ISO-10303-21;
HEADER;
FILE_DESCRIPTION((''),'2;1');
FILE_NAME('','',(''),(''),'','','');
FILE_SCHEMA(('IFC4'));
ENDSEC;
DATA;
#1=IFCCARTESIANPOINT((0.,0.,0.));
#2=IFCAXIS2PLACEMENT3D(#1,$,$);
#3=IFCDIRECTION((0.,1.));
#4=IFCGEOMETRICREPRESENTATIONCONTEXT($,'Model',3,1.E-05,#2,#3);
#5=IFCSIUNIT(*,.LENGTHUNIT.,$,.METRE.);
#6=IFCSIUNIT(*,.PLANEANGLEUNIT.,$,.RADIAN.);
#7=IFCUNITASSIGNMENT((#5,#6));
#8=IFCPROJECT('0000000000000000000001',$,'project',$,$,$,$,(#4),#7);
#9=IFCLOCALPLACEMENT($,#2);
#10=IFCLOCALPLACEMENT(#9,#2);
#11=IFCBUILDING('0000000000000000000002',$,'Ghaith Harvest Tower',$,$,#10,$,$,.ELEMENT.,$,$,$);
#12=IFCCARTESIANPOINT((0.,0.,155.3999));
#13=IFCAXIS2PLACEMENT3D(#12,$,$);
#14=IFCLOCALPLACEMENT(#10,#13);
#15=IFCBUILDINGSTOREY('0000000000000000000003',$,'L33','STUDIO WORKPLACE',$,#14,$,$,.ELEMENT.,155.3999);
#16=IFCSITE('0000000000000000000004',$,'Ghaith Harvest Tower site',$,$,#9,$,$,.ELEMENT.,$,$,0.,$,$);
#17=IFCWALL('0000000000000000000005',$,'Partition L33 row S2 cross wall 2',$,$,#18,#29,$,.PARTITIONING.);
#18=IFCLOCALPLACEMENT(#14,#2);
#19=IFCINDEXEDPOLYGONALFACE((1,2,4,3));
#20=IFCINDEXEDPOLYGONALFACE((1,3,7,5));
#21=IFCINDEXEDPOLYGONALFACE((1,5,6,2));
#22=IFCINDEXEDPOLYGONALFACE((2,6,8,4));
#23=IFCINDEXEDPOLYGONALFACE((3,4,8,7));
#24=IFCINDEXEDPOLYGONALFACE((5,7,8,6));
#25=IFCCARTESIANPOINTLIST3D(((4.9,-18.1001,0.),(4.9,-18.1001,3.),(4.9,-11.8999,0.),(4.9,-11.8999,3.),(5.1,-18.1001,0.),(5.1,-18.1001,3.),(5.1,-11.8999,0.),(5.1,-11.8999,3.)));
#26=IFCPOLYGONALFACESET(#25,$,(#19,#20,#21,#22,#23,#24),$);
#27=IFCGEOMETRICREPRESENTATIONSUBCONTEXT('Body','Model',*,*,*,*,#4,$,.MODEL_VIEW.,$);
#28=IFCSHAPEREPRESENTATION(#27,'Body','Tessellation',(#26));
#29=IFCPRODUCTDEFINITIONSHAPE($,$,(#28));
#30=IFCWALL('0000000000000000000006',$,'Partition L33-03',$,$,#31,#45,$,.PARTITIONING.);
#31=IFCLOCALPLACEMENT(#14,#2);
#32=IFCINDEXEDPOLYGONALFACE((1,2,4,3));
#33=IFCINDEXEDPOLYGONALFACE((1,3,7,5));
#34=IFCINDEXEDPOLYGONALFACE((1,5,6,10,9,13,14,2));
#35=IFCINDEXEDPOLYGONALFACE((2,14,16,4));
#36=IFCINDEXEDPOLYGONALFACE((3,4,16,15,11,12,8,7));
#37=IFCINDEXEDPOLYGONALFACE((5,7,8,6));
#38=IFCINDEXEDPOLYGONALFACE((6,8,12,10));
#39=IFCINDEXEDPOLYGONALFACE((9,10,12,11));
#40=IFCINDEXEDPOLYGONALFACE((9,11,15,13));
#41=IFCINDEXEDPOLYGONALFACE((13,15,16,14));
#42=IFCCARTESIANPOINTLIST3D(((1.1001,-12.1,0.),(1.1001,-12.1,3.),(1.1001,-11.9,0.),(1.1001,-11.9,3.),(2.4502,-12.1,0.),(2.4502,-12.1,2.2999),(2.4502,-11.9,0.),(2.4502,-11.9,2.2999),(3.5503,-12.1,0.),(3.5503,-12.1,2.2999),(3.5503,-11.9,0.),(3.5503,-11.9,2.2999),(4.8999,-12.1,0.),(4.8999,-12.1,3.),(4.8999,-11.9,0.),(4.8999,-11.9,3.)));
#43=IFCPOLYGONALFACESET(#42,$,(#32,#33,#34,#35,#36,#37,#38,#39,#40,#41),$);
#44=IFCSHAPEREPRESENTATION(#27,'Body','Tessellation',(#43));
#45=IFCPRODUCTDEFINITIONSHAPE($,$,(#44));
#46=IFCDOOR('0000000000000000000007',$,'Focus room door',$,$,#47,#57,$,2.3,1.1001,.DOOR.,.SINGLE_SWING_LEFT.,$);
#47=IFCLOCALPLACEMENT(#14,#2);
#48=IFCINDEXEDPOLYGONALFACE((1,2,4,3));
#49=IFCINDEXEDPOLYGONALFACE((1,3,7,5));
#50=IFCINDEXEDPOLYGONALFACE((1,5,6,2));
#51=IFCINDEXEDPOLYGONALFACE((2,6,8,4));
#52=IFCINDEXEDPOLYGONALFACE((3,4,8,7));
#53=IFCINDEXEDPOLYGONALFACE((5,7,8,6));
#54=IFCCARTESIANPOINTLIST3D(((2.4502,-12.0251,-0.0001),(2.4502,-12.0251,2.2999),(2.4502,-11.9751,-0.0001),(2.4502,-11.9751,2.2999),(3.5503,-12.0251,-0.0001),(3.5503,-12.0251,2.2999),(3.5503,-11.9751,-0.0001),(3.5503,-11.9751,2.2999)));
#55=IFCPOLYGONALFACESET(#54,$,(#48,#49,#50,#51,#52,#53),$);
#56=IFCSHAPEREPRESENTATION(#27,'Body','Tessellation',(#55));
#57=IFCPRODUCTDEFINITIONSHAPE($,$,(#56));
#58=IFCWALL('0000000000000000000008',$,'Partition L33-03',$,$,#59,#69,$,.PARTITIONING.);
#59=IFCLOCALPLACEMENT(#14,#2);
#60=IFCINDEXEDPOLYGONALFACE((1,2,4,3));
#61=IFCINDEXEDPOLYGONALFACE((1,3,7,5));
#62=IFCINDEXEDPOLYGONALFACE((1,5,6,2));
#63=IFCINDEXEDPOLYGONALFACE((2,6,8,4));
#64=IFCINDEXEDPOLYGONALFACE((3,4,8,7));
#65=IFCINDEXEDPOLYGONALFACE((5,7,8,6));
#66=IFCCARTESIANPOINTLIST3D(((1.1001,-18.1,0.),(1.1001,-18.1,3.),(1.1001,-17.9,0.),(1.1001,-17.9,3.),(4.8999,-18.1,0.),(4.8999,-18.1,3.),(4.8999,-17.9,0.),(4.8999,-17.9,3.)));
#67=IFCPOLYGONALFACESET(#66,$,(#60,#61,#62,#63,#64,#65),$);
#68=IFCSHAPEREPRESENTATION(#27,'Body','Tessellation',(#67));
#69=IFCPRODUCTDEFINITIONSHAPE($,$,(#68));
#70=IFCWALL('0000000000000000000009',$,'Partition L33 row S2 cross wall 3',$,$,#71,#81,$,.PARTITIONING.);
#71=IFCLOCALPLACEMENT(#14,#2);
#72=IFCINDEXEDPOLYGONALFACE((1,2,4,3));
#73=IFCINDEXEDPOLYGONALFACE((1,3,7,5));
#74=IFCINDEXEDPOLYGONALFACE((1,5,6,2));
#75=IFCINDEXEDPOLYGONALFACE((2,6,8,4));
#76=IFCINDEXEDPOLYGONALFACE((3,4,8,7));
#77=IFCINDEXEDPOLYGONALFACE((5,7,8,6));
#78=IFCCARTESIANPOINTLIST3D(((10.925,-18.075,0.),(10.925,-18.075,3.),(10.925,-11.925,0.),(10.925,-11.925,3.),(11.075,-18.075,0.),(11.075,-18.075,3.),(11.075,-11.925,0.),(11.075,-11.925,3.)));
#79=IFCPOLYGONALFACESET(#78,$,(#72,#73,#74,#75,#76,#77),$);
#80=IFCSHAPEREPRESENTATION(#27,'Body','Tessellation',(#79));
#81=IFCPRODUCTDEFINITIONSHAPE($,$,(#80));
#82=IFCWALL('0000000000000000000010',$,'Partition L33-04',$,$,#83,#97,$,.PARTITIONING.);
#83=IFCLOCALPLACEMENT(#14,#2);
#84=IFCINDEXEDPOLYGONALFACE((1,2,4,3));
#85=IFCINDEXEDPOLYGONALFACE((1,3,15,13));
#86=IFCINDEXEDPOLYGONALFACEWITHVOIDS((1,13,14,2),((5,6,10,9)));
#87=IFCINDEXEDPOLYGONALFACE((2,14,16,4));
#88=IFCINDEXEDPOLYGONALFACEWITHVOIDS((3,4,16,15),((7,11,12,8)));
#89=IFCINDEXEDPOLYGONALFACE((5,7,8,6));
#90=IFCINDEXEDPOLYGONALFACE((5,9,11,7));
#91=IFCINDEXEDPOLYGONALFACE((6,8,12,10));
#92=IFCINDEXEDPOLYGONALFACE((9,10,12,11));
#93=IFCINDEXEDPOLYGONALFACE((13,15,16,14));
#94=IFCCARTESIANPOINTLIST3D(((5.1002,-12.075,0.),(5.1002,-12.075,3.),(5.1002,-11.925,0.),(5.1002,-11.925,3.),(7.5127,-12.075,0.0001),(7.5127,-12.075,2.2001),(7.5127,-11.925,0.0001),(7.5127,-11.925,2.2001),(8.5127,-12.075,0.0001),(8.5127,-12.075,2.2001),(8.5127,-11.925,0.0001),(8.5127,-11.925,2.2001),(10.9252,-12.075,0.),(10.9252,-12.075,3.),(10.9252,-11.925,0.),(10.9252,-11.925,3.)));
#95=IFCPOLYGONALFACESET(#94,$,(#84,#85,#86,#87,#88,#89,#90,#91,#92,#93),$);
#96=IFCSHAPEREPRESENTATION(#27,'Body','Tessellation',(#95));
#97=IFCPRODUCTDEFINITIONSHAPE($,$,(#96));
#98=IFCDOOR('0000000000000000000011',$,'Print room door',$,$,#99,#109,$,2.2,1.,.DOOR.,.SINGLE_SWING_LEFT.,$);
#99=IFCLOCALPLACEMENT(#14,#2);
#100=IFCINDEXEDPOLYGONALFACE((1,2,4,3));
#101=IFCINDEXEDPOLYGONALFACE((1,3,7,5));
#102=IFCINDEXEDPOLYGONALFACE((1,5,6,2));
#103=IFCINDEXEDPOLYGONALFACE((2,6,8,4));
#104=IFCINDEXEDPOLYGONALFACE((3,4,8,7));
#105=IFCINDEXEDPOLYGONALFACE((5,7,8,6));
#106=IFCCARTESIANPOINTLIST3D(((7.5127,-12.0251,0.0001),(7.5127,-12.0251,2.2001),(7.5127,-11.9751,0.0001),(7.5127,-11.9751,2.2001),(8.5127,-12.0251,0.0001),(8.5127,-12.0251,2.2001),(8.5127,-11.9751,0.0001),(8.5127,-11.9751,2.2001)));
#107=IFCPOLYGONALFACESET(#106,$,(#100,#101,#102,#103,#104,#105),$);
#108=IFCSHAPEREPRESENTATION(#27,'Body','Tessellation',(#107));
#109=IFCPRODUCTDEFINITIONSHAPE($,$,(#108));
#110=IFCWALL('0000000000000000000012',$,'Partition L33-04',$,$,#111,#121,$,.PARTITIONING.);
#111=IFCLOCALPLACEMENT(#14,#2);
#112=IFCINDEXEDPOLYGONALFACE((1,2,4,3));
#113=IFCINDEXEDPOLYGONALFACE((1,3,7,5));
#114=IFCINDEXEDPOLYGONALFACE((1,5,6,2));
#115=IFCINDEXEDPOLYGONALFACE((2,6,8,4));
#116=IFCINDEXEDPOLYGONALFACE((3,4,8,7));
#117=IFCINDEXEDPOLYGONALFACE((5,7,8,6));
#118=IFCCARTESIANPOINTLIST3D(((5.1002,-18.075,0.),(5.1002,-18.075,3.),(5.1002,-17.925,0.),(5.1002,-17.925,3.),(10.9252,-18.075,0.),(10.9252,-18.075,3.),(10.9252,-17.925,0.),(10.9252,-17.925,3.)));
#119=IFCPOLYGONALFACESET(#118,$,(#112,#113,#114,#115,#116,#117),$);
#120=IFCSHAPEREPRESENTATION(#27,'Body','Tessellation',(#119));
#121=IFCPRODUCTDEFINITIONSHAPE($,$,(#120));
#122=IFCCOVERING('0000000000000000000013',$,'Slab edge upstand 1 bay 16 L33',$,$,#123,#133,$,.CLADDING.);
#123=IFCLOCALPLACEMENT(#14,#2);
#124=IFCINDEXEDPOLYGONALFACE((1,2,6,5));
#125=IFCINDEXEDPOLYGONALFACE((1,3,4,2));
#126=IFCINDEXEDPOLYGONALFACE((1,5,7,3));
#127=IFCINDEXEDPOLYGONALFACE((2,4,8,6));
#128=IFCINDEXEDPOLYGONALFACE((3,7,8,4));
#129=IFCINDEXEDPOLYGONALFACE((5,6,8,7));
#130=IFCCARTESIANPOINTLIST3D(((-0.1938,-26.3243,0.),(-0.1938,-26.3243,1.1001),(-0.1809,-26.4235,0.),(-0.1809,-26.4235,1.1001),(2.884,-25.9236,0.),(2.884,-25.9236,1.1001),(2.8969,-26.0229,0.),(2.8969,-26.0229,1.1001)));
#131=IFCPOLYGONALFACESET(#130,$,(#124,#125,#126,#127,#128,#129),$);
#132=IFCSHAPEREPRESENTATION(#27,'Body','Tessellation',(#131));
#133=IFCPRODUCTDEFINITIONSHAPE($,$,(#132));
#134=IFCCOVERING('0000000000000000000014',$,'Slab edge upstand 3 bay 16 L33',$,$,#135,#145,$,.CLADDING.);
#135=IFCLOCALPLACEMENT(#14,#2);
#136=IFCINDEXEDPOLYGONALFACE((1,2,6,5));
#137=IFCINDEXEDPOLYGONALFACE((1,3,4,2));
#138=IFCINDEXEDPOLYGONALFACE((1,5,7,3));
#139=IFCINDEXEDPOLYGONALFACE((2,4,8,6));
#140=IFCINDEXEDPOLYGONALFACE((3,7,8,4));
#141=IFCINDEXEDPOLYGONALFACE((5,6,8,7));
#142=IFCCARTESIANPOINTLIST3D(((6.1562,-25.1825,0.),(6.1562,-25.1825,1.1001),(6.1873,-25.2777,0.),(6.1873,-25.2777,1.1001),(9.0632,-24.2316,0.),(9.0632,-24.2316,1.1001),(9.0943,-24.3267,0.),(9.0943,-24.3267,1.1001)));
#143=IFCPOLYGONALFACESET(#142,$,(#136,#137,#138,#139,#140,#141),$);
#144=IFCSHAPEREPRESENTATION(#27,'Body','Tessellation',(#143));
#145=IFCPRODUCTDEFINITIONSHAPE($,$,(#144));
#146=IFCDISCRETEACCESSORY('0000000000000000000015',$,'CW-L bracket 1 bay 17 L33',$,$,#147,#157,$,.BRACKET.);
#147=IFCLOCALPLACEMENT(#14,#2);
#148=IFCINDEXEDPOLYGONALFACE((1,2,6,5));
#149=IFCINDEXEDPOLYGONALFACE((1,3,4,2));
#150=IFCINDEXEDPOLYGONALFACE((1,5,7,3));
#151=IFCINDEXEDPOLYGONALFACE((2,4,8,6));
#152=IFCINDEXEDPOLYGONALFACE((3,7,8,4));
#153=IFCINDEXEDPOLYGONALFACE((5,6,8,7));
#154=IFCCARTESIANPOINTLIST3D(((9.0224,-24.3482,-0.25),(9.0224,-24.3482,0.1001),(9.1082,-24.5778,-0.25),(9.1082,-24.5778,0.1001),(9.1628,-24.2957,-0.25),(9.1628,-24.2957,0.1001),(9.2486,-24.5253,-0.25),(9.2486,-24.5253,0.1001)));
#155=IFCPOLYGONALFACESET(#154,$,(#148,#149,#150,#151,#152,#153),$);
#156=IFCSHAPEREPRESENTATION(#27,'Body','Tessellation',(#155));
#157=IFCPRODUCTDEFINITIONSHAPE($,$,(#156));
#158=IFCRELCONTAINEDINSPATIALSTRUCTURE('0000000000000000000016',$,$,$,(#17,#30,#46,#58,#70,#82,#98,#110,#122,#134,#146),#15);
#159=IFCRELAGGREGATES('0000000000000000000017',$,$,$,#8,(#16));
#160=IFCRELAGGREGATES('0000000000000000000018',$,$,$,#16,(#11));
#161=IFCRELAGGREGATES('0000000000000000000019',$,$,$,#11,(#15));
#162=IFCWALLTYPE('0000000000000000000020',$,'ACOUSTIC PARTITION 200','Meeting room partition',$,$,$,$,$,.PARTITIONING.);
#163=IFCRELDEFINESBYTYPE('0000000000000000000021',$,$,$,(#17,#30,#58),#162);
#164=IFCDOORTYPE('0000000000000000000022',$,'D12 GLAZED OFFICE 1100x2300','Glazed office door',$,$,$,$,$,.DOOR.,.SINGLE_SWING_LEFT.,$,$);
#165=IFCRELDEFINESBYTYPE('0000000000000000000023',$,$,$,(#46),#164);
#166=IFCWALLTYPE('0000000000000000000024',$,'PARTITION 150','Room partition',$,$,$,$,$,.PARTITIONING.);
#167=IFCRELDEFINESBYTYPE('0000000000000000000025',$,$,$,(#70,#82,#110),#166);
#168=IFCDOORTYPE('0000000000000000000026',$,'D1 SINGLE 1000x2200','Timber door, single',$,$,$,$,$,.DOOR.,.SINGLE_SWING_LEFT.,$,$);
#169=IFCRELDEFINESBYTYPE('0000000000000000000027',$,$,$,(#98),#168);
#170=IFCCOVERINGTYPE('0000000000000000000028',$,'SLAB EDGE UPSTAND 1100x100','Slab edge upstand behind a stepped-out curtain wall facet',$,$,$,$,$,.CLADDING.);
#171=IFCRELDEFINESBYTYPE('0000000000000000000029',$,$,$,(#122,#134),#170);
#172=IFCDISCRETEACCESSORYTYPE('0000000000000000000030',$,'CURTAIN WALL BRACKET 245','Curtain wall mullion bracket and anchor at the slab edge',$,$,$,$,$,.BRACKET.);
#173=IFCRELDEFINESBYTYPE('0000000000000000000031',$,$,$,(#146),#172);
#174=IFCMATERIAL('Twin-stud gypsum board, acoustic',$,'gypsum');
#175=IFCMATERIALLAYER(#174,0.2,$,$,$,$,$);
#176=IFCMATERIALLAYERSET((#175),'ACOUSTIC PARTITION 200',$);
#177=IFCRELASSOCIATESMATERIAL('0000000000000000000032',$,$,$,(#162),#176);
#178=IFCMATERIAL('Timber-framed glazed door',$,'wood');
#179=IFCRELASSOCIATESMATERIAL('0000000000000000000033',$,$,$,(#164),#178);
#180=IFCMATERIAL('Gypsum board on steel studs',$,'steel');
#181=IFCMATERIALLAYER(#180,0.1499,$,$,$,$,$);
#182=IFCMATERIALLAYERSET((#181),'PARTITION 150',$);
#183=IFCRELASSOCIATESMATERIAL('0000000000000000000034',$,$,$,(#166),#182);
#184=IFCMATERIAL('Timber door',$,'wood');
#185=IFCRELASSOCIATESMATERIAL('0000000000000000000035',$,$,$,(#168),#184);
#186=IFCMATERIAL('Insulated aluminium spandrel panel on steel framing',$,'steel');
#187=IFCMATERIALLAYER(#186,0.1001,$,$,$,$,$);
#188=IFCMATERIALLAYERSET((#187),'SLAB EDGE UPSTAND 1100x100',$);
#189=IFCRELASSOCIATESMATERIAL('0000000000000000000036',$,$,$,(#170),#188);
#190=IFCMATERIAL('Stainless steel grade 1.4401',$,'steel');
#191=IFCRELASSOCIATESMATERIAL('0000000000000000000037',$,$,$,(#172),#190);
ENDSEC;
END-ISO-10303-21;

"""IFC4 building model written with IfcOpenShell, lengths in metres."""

from ifc_helpers import new_model, si_unit, direction, frame, frame_2d, origin, origin_2d, place, context, subcontext, project, spatial, rectangle, extrude, material, layer, layer_set, type_object, element, fill, save


model = new_model("IFC4")

# Units and contexts
model_context = context("Model", 3, precision=1e-05, world=origin(), true_north=direction((0.0, 1.0)))
body_context = subcontext(model_context, "Body", "Model", "MODEL_VIEW")
ifc_project = project(units=[si_unit("LENGTHUNIT", "METRE"), si_unit("PLANEANGLEUNIT", "RADIAN")], contexts=[model_context])

# Site, building, storey
site_placement = place(None, origin())
site = spatial("IfcSite", under=ifc_project, at=site_placement, Name="Ghaith Harvest Tower site", CompositionType="ELEMENT", RefElevation=0.0)
building_placement = place(site_placement, origin())
building = spatial("IfcBuilding", under=site, at=building_placement, Name="Ghaith Harvest Tower", CompositionType="ELEMENT")
storey_placement = place(building_placement, frame((0.0, 0.0, 155.3999)))
storey = spatial("IfcBuildingStorey", under=building, at=storey_placement, Name="L33", Description="STUDIO WORKPLACE", CompositionType="ELEMENT", Elevation=155.3999)

# Wall
ifc_material_1 = material(Name="Twin-stud gypsum board, acoustic", Category="gypsum")
ifc_layer_1 = layer(ifc_material_1, 0.2)
ifc_layer_set_1 = layer_set([ifc_layer_1], Name="ACOUSTIC PARTITION 200")
wall_type_1 = type_object("IfcWallType", Name="ACOUSTIC PARTITION 200", Description="Meeting room partition", PredefinedType="PARTITIONING", material=ifc_layer_set_1)
for number, where, z_axis, x_axis, name in (
    (1, (5.0, -11.8999, 0.0), (0.0, 0.0, 1.0), (0.0, -1.0, 0.0), "Partition L33 row S2 cross wall 2"),
):
    element("IfcWall", number, at=place(storey_placement, frame(where, z_axis=z_axis, x_axis=x_axis)), inside=storey, type_object=wall_type_1, Name=name, PredefinedType="PARTITIONING", context=body_context, shape_type="SweptSolid", body=[
        extrude(rectangle(XDim=6.2002, YDim=0.2, at=frame_2d((3.1001, 0.0))), origin(), (0.0, 0.0, 1.0), 3.0),
    ])

# Wall, opening, door
wall_1_placement = place(storey_placement, frame((1.1001, -12.0, 0.0), z_axis=(0.0, 0.0, 1.0), x_axis=(1.0, 0.0, 0.0)))
wall_1 = element("IfcWall", 2, at=wall_1_placement, inside=storey, type_object=wall_type_1, Name="Partition L33-03", PredefinedType="PARTITIONING", context=body_context, shape_type="SweptSolid", body=[
    extrude(rectangle(XDim=3.7998, YDim=0.2, at=frame_2d((1.8999, 0.0))), origin(), (0.0, 0.0, 1.0), 3.0),
])
opening_1_placement = place(wall_1_placement, frame((1.3501, 0.0, 0.0)))
opening_1 = element("IfcOpeningElement", 3, at=opening_1_placement, cuts=wall_1, PredefinedType="OPENING", context=body_context, shape_type="SweptSolid", body=[
    extrude(rectangle(XDim=1.1001, YDim=2.3, at=frame_2d((0.55, 1.1499))), frame((0.0, 0.1099, 0.0), z_axis=(0.0, -1.0, 0.0), x_axis=(1.0, 0.0, 0.0)), (0.0, 0.0, 1.0), 0.22),
])
ifc_material_2 = material(Name="Timber-framed glazed door", Category="wood")
door_type_1 = type_object("IfcDoorType", Name="D12 GLAZED OFFICE 1100x2300", Description="Glazed office door", OperationType="SINGLE_SWING_LEFT", PredefinedType="DOOR", material=ifc_material_2)
door_1_placement = place(opening_1_placement, origin())
door_1 = element("IfcDoor", 4, at=door_1_placement, inside=storey, type_object=door_type_1, Name="Focus room door", OperationType="SINGLE_SWING_LEFT", OverallHeight=2.3, OverallWidth=1.1001, PredefinedType="DOOR", context=body_context, shape_type="SweptSolid", body=[
    extrude(rectangle(XDim=1.1001, YDim=2.3, at=frame_2d((0.55, 1.1499))), frame((0.0, 0.0249, 0.0), z_axis=(0.0, -1.0, 0.0), x_axis=(1.0, 0.0, 0.0)), (0.0, 0.0, 1.0), 0.05),
])
fill(opening_1, door_1)

# Walls
wall_2_placement = place(storey_placement, frame((1.1001, -18.0, 0.0), z_axis=(0.0, 0.0, 1.0), x_axis=(1.0, 0.0, 0.0)))
element("IfcWall", 5, at=wall_2_placement, inside=storey, type_object=wall_type_1, Name="Partition L33-03", PredefinedType="PARTITIONING", context=body_context, shape_type="SweptSolid", body=[
    extrude(rectangle(XDim=3.7998, YDim=0.2, at=frame_2d((1.8999, 0.0))), origin(), (0.0, 0.0, 1.0), 3.0),
])
ifc_material_3 = material(Name="Gypsum board on steel studs", Category="steel")
ifc_layer_2 = layer(ifc_material_3, 0.1499)
ifc_layer_set_2 = layer_set([ifc_layer_2], Name="PARTITION 150")
wall_type_2 = type_object("IfcWallType", Name="PARTITION 150", Description="Room partition", PredefinedType="PARTITIONING", material=ifc_layer_set_2)
wall_3_placement = place(storey_placement, frame((11.0, -11.925, 0.0), z_axis=(0.0, 0.0, 1.0), x_axis=(0.0, -1.0, 0.0)))
element("IfcWall", 6, at=wall_3_placement, inside=storey, type_object=wall_type_2, Name="Partition L33 row S2 cross wall 3", PredefinedType="PARTITIONING", context=body_context, shape_type="SweptSolid", body=[
    extrude(rectangle(XDim=6.1499, YDim=0.1499, at=frame_2d((3.075, 0.0))), origin(), (0.0, 0.0, 1.0), 3.0),
])

# Wall, opening, door
wall_4_placement = place(storey_placement, frame((5.1001, -12.0, 0.0), z_axis=(0.0, 0.0, 1.0), x_axis=(1.0, 0.0, 0.0)))
wall_4 = element("IfcWall", 7, at=wall_4_placement, inside=storey, type_object=wall_type_2, Name="Partition L33-04", PredefinedType="PARTITIONING", context=body_context, shape_type="SweptSolid", body=[
    extrude(rectangle(XDim=5.825, YDim=0.1499, at=frame_2d((2.9126, 0.0))), origin(), (0.0, 0.0, 1.0), 3.0),
])
opening_2_placement = place(wall_4_placement, frame((2.4126, 0.0, 0.0)))
opening_2 = element("IfcOpeningElement", 8, at=opening_2_placement, cuts=wall_4, PredefinedType="OPENING", context=body_context, shape_type="SweptSolid", body=[
    extrude(rectangle(XDim=1.0, YDim=2.2, at=frame_2d((0.5, 1.1001))), frame((0.0, 0.085, 0.0), z_axis=(0.0, -1.0, 0.0), x_axis=(1.0, 0.0, 0.0)), (0.0, 0.0, 1.0), 0.1699),
])
ifc_material_4 = material(Name="Timber door", Category="wood")
door_type_2 = type_object("IfcDoorType", Name="D1 SINGLE 1000x2200", Description="Timber door, single", OperationType="SINGLE_SWING_LEFT", PredefinedType="DOOR", material=ifc_material_4)
door_2_placement = place(opening_2_placement, origin())
door_2 = element("IfcDoor", 9, at=door_2_placement, inside=storey, type_object=door_type_2, Name="Print room door", OperationType="SINGLE_SWING_LEFT", OverallHeight=2.2, OverallWidth=1.0, PredefinedType="DOOR", context=body_context, shape_type="SweptSolid", body=[
    extrude(rectangle(XDim=1.0, YDim=2.2, at=frame_2d((0.5, 1.1001))), frame((0.0, 0.0249, 0.0), z_axis=(0.0, -1.0, 0.0), x_axis=(1.0, 0.0, 0.0)), (0.0, 0.0, 1.0), 0.05),
])
fill(opening_2, door_2)

# Wall
wall_5_placement = place(storey_placement, frame((5.1001, -18.0, 0.0), z_axis=(0.0, 0.0, 1.0), x_axis=(1.0, 0.0, 0.0)))
element("IfcWall", 10, at=wall_5_placement, inside=storey, type_object=wall_type_2, Name="Partition L33-04", PredefinedType="PARTITIONING", context=body_context, shape_type="SweptSolid", body=[
    extrude(rectangle(XDim=5.825, YDim=0.1499, at=frame_2d((2.9126, 0.0))), origin(), (0.0, 0.0, 1.0), 3.0),
])

# Coverings
ifc_material_5 = material(Name="Insulated aluminium spandrel panel on steel framing", Category="steel")
ifc_layer_3 = layer(ifc_material_5, 0.1001)
ifc_layer_set_3 = layer_set([ifc_layer_3], Name="SLAB EDGE UPSTAND 1100x100")
covering_type = type_object("IfcCoveringType", Name="SLAB EDGE UPSTAND 1100x100", Description="Slab edge upstand behind a stepped-out curtain wall facet", PredefinedType="CLADDING", material=ifc_layer_set_3)
covering_1_placement = place(storey_placement, frame((1.3516, -26.1736, 0.0), z_axis=(0.0, 0.0, 1.0), x_axis=(0.991634, 0.129084, 0.0)))
element("IfcCovering", 11, at=covering_1_placement, inside=storey, type_object=covering_type, Name="Slab edge upstand 1 bay 16 L33", PredefinedType="CLADDING", context=body_context, shape_type="SweptSolid", body=[
    extrude(rectangle(XDim=3.1038, YDim=0.1001, at=origin_2d()), origin(), (0.0, 0.0, 1.0), 1.1001),
])
covering_2_placement = place(storey_placement, frame((7.6252, -24.7546, 0.0), z_axis=(0.0, 0.0, 1.0), x_axis=(0.950441, 0.310904, 0.0)))
element("IfcCovering", 12, at=covering_2_placement, inside=storey, type_object=covering_type, Name="Slab edge upstand 3 bay 16 L33", PredefinedType="CLADDING", context=body_context, shape_type="SweptSolid", body=[
    extrude(rectangle(XDim=3.0586, YDim=0.1001, at=origin_2d()), origin(), (0.0, 0.0, 1.0), 1.1001),
])

# Discrete accessory
ifc_material_6 = material(Name="Stainless steel grade 1.4401", Category="steel")
discrete_accessory_type = type_object("IfcDiscreteAccessoryType", Name="CURTAIN WALL BRACKET 245", Description="Curtain wall mullion bracket and anchor at the slab edge", PredefinedType="BRACKET", material=ifc_material_6)
discrete_accessory_placement = place(storey_placement, frame((9.1355, -24.4368, -0.25), z_axis=(0.0, 0.0, 1.0), x_axis=(0.350168, -0.936687, 0.0)))
element("IfcDiscreteAccessory", 13, at=discrete_accessory_placement, inside=storey, type_object=discrete_accessory_type, Name="CW-L bracket 1 bay 17 L33", PredefinedType="BRACKET", context=body_context, shape_type="SweptSolid", body=[
    extrude(rectangle(XDim=0.2451, YDim=0.1499, at=origin_2d()), origin(), (0.0, 0.0, 1.0), 0.3501),
])

save(model, "model.ifc")
